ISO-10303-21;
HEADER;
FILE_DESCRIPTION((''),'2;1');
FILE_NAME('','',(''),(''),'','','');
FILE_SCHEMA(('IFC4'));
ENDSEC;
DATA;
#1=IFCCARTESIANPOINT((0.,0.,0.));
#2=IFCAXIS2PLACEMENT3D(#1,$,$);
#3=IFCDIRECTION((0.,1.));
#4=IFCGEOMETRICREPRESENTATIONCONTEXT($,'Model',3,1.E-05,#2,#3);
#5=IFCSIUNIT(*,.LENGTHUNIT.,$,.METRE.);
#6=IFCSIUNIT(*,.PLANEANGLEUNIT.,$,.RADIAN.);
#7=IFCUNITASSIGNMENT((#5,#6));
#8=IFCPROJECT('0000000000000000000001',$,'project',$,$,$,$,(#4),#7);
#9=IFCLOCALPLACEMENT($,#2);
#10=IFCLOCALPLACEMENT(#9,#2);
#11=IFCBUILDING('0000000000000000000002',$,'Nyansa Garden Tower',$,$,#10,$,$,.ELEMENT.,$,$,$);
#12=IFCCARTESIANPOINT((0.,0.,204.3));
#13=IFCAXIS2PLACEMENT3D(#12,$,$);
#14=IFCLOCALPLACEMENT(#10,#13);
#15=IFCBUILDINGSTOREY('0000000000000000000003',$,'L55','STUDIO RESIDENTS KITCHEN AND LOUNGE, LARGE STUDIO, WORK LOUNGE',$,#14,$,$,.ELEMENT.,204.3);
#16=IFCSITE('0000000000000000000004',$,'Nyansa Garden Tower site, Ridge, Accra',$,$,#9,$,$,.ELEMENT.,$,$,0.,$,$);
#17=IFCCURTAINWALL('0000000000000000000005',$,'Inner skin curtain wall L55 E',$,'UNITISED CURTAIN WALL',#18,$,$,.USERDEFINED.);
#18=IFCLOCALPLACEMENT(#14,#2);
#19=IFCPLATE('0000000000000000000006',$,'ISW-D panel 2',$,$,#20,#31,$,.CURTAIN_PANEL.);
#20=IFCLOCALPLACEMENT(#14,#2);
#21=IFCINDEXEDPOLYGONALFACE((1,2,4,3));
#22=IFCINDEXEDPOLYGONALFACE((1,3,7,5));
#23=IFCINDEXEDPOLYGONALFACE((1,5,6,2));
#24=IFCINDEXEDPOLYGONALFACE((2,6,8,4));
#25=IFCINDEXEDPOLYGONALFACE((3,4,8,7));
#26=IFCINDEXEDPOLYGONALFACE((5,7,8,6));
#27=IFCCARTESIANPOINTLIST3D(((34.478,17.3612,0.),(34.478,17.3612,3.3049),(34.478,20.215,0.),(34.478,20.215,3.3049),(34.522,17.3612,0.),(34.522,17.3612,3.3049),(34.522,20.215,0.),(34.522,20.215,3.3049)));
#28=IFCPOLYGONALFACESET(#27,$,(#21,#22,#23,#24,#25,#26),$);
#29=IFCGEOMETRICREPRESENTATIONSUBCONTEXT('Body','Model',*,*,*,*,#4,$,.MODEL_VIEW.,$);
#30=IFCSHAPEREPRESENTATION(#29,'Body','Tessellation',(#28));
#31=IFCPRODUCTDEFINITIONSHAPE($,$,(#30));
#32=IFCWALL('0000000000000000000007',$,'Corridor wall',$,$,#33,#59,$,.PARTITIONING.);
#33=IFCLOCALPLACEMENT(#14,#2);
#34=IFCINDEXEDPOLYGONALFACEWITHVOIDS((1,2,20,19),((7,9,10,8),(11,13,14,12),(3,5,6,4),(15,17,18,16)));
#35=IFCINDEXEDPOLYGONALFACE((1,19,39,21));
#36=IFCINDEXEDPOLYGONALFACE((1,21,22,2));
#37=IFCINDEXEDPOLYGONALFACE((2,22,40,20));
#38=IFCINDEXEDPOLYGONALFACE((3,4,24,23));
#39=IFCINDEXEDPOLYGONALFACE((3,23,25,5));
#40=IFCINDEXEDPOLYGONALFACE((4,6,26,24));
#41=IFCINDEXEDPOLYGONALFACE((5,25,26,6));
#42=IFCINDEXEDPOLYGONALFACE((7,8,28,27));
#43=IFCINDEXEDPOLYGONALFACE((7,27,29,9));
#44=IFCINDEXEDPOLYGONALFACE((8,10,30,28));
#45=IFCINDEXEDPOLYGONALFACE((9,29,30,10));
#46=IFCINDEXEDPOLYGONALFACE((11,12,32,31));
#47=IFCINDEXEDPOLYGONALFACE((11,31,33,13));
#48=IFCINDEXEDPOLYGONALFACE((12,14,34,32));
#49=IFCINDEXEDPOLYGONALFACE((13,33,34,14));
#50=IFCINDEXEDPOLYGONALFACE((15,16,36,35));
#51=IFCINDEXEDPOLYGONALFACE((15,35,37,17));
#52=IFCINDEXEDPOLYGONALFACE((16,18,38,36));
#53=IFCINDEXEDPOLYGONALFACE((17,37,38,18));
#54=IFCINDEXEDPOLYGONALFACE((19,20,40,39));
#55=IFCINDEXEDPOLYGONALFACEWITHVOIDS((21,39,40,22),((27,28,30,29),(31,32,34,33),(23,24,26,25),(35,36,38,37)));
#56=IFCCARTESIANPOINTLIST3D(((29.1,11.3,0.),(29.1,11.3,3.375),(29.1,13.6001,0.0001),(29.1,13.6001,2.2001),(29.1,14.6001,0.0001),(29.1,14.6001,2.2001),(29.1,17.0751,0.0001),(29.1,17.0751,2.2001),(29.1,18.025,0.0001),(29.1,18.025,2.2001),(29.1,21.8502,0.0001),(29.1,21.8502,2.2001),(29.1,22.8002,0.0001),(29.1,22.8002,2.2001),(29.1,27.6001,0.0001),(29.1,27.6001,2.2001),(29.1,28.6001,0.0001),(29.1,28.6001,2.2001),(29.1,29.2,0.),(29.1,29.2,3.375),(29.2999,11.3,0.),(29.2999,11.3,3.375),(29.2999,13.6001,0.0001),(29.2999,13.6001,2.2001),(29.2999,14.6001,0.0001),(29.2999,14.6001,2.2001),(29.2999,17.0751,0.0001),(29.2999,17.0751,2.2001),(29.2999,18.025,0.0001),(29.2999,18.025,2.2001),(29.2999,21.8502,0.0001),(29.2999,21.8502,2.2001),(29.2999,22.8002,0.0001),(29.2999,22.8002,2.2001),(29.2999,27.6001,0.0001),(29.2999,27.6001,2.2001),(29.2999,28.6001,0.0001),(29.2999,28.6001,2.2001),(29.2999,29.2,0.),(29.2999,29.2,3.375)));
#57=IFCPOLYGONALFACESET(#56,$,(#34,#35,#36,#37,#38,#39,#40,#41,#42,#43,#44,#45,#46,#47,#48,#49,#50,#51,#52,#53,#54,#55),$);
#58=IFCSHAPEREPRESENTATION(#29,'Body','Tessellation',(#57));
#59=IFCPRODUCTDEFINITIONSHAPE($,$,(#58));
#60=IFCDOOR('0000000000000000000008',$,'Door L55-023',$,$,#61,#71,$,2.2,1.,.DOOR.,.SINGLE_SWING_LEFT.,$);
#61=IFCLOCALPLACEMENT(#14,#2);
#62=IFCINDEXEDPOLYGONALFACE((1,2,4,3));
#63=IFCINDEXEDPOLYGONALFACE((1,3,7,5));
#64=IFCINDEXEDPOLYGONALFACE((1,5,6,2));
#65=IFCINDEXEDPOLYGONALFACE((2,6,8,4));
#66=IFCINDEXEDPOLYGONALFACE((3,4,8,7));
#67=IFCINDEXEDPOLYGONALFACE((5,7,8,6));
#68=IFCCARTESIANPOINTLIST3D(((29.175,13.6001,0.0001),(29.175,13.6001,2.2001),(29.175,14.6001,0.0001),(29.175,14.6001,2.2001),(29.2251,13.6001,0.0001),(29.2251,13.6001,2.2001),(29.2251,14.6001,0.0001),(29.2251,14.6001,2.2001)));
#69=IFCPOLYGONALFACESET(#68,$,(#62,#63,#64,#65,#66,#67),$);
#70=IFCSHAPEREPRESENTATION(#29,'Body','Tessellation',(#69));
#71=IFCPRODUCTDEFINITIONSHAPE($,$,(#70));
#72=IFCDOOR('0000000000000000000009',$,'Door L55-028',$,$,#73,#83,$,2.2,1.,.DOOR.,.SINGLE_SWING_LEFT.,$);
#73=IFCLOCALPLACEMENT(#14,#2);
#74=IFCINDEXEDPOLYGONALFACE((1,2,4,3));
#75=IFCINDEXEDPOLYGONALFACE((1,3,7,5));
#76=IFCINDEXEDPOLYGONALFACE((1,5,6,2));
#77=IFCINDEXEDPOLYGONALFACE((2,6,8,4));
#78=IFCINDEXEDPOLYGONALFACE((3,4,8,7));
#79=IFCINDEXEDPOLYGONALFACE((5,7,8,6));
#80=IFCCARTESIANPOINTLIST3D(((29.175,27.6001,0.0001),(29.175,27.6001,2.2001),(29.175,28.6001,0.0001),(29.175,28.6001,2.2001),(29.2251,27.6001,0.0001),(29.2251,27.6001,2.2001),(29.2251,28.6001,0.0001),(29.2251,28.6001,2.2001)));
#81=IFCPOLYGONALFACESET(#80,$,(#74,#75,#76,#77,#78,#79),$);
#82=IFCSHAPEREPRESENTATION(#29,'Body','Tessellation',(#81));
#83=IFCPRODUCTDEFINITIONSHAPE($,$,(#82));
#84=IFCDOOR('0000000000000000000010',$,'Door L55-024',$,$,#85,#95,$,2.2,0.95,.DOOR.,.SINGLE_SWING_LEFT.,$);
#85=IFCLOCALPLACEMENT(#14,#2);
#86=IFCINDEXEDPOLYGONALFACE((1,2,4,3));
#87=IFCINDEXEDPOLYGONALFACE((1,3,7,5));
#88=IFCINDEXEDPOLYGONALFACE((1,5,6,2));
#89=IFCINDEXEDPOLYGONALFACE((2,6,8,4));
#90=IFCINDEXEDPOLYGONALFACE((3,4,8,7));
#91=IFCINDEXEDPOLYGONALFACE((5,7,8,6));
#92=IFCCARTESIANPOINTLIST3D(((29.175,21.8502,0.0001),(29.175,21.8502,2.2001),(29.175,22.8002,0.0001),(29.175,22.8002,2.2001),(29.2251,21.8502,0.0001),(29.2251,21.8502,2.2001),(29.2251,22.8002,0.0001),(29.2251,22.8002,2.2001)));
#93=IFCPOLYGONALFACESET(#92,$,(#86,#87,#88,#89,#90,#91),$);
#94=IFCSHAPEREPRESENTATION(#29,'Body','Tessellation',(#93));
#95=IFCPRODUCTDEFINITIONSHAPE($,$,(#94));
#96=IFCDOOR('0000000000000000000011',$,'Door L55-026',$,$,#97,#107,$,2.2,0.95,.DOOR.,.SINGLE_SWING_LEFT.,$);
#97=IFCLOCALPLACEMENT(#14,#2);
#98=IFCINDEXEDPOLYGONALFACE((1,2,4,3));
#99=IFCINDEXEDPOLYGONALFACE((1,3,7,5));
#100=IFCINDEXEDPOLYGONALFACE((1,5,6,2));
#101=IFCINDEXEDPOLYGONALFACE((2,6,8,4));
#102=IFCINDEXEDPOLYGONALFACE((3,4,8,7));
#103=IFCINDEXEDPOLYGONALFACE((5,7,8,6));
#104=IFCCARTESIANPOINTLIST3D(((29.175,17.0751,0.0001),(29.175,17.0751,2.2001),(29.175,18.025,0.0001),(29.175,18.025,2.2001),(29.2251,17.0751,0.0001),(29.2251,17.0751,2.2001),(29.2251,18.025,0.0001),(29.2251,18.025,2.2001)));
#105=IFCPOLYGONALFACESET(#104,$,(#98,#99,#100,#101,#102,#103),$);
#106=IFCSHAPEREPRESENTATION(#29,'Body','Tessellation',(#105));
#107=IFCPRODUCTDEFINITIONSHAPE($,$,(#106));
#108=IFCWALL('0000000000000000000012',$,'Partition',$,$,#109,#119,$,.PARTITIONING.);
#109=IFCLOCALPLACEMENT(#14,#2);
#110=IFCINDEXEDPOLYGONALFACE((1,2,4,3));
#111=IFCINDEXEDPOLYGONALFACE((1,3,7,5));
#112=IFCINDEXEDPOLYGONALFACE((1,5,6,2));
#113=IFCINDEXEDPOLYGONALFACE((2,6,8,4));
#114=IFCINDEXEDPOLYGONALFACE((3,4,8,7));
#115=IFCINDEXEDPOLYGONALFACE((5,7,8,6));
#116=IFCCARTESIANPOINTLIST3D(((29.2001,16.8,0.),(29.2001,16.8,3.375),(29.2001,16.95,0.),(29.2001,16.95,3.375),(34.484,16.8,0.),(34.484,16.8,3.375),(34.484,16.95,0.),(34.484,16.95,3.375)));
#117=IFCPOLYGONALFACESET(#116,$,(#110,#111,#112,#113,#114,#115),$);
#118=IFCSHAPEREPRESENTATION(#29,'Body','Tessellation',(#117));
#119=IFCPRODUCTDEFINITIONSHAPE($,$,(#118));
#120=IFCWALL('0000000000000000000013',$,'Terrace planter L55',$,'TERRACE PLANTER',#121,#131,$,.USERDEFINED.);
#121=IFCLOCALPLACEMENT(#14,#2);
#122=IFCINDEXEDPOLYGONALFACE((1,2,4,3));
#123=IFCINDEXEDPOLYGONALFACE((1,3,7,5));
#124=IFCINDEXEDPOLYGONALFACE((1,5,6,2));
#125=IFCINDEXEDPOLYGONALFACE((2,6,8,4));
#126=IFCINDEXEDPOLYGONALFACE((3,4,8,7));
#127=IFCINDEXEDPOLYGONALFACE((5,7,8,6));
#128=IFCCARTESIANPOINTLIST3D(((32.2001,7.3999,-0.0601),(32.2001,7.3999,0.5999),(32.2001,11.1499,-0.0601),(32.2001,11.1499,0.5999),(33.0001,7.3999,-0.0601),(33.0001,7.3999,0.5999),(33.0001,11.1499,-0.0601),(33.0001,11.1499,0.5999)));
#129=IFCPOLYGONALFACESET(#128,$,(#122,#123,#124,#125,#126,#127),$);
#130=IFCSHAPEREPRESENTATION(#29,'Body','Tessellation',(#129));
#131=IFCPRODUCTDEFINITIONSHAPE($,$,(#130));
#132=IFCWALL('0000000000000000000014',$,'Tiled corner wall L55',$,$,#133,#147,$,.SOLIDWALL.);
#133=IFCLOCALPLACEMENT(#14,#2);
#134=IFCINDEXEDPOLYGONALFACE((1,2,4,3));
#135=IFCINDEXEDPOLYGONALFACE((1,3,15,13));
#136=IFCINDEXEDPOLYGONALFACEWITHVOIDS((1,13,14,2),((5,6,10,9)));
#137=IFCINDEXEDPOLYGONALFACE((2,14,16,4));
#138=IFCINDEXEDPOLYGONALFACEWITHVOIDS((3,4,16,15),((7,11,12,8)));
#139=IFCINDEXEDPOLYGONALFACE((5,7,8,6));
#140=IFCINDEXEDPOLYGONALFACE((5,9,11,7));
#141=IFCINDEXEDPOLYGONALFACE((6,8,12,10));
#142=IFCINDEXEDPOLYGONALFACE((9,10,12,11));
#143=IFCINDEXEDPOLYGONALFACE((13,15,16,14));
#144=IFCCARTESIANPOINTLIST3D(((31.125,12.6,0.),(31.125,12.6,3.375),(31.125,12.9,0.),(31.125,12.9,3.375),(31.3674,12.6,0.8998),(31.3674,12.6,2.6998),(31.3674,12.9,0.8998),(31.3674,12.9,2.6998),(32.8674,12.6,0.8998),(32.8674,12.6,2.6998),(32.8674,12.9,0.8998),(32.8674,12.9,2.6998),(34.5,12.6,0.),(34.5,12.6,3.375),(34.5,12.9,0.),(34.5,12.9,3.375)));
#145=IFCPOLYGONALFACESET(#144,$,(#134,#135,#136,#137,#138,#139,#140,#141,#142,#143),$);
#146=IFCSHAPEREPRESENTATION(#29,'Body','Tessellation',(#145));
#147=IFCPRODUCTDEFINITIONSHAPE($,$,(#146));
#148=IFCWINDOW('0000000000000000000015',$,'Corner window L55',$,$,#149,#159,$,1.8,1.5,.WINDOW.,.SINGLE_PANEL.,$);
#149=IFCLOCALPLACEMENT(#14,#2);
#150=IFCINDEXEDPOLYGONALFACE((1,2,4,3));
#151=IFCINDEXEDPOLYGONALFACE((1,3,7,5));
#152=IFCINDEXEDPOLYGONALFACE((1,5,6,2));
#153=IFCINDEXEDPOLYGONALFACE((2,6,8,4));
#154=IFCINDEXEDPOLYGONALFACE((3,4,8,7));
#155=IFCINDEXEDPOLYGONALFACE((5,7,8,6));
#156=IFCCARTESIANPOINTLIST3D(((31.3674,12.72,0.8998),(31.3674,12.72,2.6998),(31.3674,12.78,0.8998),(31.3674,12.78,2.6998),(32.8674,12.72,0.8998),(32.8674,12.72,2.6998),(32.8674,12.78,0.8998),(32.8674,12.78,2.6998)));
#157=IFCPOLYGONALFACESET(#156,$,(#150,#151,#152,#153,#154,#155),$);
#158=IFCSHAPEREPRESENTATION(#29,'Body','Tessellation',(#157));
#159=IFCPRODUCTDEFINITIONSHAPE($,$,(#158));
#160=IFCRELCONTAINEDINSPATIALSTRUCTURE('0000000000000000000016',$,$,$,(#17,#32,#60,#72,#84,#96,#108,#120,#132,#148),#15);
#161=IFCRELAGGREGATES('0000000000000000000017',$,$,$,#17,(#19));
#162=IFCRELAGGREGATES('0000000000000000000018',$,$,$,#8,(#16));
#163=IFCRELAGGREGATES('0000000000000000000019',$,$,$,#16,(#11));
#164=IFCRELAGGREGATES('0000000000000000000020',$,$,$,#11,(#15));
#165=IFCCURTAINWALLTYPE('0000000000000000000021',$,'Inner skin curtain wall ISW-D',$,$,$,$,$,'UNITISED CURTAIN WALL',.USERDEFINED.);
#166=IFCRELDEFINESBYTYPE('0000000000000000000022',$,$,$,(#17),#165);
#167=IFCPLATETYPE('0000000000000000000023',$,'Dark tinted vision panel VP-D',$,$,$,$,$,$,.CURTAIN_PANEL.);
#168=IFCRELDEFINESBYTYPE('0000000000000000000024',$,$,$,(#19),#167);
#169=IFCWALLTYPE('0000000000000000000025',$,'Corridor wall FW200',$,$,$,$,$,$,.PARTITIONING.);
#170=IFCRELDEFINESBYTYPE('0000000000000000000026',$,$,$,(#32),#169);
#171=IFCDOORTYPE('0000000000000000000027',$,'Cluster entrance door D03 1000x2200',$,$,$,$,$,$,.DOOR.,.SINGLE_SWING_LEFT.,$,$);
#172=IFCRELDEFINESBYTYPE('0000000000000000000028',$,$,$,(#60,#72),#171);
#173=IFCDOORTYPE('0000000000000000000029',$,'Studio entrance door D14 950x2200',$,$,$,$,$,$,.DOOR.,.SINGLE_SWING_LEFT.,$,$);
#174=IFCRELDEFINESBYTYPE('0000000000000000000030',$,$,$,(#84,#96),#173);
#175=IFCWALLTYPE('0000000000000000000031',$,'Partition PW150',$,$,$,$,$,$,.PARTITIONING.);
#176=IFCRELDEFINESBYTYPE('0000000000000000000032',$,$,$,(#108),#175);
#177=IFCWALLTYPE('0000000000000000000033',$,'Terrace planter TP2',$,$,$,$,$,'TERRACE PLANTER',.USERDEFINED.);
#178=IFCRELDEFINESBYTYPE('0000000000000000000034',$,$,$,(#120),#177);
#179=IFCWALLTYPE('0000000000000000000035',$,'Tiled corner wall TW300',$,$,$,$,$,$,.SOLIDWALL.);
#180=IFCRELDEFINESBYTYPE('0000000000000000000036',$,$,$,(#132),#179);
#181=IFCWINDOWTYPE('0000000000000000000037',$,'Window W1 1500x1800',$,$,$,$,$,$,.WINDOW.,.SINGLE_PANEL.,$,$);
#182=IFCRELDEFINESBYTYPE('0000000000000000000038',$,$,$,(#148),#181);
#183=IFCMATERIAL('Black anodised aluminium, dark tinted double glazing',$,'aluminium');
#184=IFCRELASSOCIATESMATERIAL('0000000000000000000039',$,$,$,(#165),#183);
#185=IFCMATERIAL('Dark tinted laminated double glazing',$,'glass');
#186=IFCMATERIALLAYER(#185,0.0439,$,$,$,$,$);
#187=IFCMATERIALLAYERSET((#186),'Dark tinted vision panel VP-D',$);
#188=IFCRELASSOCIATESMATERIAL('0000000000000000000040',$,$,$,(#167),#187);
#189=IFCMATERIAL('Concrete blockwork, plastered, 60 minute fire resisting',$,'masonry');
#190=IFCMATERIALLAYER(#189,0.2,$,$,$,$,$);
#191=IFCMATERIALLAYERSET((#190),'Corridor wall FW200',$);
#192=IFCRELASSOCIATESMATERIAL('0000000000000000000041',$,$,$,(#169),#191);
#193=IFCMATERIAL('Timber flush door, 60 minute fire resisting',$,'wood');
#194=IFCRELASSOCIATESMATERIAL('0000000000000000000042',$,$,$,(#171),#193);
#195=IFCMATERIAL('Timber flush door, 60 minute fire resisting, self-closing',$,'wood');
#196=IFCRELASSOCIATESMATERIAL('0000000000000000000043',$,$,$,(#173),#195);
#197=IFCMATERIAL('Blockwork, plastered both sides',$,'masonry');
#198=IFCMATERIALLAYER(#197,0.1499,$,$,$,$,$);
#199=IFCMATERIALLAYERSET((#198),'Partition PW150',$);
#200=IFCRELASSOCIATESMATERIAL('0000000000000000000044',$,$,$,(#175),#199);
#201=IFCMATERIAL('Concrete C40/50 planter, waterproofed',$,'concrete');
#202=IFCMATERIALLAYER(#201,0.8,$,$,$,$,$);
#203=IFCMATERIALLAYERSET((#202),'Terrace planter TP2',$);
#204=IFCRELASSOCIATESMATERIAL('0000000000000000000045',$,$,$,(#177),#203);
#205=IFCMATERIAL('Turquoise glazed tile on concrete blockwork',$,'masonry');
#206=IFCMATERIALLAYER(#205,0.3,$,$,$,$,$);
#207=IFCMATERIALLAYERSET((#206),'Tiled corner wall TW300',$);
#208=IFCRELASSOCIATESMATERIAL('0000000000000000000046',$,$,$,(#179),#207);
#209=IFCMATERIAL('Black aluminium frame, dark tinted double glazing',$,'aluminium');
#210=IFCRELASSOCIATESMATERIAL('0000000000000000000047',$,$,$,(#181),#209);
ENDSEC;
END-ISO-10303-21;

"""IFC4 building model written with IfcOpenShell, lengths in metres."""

from ifc_helpers import new_model, si_unit, direction, frame, frame_2d, origin, origin_2d, place, context, subcontext, project, spatial, rectangle, extrude, material, layer, layer_set, type_object, element, fill, aggregate, save


model = new_model("IFC4")

# Units and contexts
model_context = context("Model", 3, precision=1e-05, world=origin(), true_north=direction((0.0, 1.0)))
body_context = subcontext(model_context, "Body", "Model", "MODEL_VIEW")
ifc_project = project(units=[si_unit("LENGTHUNIT", "METRE"), si_unit("PLANEANGLEUNIT", "RADIAN")], contexts=[model_context])

# Site, building, storey
site_placement = place(None, origin())
site = spatial("IfcSite", under=ifc_project, at=site_placement, Name="Nyansa Garden Tower site, Ridge, Accra", CompositionType="ELEMENT", RefElevation=0.0)
building_placement = place(site_placement, origin())
building = spatial("IfcBuilding", under=site, at=building_placement, Name="Nyansa Garden Tower", CompositionType="ELEMENT")
storey_placement = place(building_placement, frame((0.0, 0.0, 204.3)))
storey = spatial("IfcBuildingStorey", under=building, at=storey_placement, Name="L55", Description="STUDIO RESIDENTS KITCHEN AND LOUNGE, LARGE STUDIO, WORK LOUNGE", CompositionType="ELEMENT", Elevation=204.3)

# Curtain wall
ifc_material_1 = material(Name="Black anodised aluminium, dark tinted double glazing", Category="aluminium")
curtain_wall_type = type_object("IfcCurtainWallType", Name="Inner skin curtain wall ISW-D", ElementType="UNITISED CURTAIN WALL", PredefinedType="USERDEFINED", material=ifc_material_1)
curtain_wall_placement = place(storey_placement, origin())
curtain_wall = element("IfcCurtainWall", 1, at=curtain_wall_placement, inside=storey, type_object=curtain_wall_type, Name="Inner skin curtain wall L55 E", ObjectType="UNITISED CURTAIN WALL", PredefinedType="USERDEFINED")

# Plate
ifc_material_2 = material(Name="Dark tinted laminated double glazing", Category="glass")
ifc_layer_1 = layer(ifc_material_2, 0.0439)
ifc_layer_set_1 = layer_set([ifc_layer_1], Name="Dark tinted vision panel VP-D")
plate_type = type_object("IfcPlateType", Name="Dark tinted vision panel VP-D", PredefinedType="CURTAIN_PANEL", material=ifc_layer_set_1)
plate_1_placement = place(storey_placement, frame((34.5, 18.7881, 0.0), z_axis=(0.0, 0.0, 1.0), x_axis=(0.0, 1.0, 0.0)))
plate_1 = element("IfcPlate", 2, at=plate_1_placement, type_object=plate_type, Name="ISW-D panel 2", PredefinedType="CURTAIN_PANEL", context=body_context, shape_type="SweptSolid", body=[
    extrude(rectangle(XDim=2.8538, YDim=0.0439, at=origin_2d()), origin(), (0.0, 0.0, 1.0), 3.3049),
])
aggregate(curtain_wall, [plate_1])

# Wall, openings, doors
ifc_material_3 = material(Name="Concrete blockwork, plastered, 60 minute fire resisting", Category="masonry")
ifc_layer_2 = layer(ifc_material_3, 0.2)
ifc_layer_set_2 = layer_set([ifc_layer_2], Name="Corridor wall FW200")
wall_type_1 = type_object("IfcWallType", Name="Corridor wall FW200", PredefinedType="PARTITIONING", material=ifc_layer_set_2)
wall_1_placement = place(storey_placement, frame((29.2, 11.3, 0.0), z_axis=(0.0, 0.0, 1.0), x_axis=(0.0, 1.0, 0.0)))
wall_1 = element("IfcWall", 3, at=wall_1_placement, inside=storey, type_object=wall_type_1, Name="Corridor wall", PredefinedType="PARTITIONING", context=body_context, shape_type="SweptSolid", body=[
    extrude(rectangle(XDim=17.8999, YDim=0.2, at=frame_2d((8.95, 0.0))), origin(), (0.0, 0.0, 1.0), 3.375),
])
opening_1_placement = place(wall_1_placement, frame((2.3, 0.0, 0.0)))
opening_1 = element("IfcOpeningElement", 4, at=opening_1_placement, cuts=wall_1, PredefinedType="OPENING", context=body_context, shape_type="SweptSolid", body=[
    extrude(rectangle(XDim=1.0, YDim=2.2, at=frame_2d((0.5, 1.1001))), frame((0.0, 0.1099, 0.0), z_axis=(0.0, -1.0, 0.0), x_axis=(1.0, 0.0, 0.0)), (0.0, 0.0, 1.0), 0.22),
])
opening_2_placement = place(wall_1_placement, frame((10.55, 0.0, 0.0)))
opening_2 = element("IfcOpeningElement", 5, at=opening_2_placement, cuts=wall_1, PredefinedType="OPENING", context=body_context, shape_type="SweptSolid", body=[
    extrude(rectangle(XDim=0.95, YDim=2.2, at=frame_2d((0.4751, 1.1001))), frame((0.0, 0.1099, 0.0), z_axis=(0.0, -1.0, 0.0), x_axis=(1.0, 0.0, 0.0)), (0.0, 0.0, 1.0), 0.22),
])
opening_3_placement = place(wall_1_placement, frame((5.7749, 0.0, 0.0)))
opening_3 = element("IfcOpeningElement", 6, at=opening_3_placement, cuts=wall_1, PredefinedType="OPENING", context=body_context, shape_type="SweptSolid", body=[
    extrude(rectangle(XDim=0.95, YDim=2.2, at=frame_2d((0.4751, 1.1001))), frame((0.0, 0.1099, 0.0), z_axis=(0.0, -1.0, 0.0), x_axis=(1.0, 0.0, 0.0)), (0.0, 0.0, 1.0), 0.22),
])
opening_4_placement = place(wall_1_placement, frame((16.3, 0.0, 0.0)))
opening_4 = element("IfcOpeningElement", 7, at=opening_4_placement, cuts=wall_1, PredefinedType="OPENING", context=body_context, shape_type="SweptSolid", body=[
    extrude(rectangle(XDim=1.0, YDim=2.2, at=frame_2d((0.5, 1.1001))), frame((0.0, 0.1099, 0.0), z_axis=(0.0, -1.0, 0.0), x_axis=(1.0, 0.0, 0.0)), (0.0, 0.0, 1.0), 0.22),
])
ifc_material_4 = material(Name="Timber flush door, 60 minute fire resisting", Category="wood")
door_type_1 = type_object("IfcDoorType", Name="Cluster entrance door D03 1000x2200", OperationType="SINGLE_SWING_LEFT", PredefinedType="DOOR", material=ifc_material_4)
door_1_placement = place(opening_1_placement, origin())
door_1 = element("IfcDoor", 8, at=door_1_placement, inside=storey, type_object=door_type_1, Name="Door L55-023", OperationType="SINGLE_SWING_LEFT", OverallHeight=2.2, OverallWidth=1.0, PredefinedType="DOOR", context=body_context, shape_type="SweptSolid", body=[
    extrude(rectangle(XDim=1.0, YDim=2.2, at=frame_2d((0.5, 1.1001))), frame((0.0, 0.0249, 0.0), z_axis=(0.0, -1.0, 0.0), x_axis=(1.0, 0.0, 0.0)), (0.0, 0.0, 1.0), 0.05),
])
fill(opening_1, door_1)
door_2_placement = place(opening_4_placement, origin())
door_2 = element("IfcDoor", 9, at=door_2_placement, inside=storey, type_object=door_type_1, Name="Door L55-028", OperationType="SINGLE_SWING_LEFT", OverallHeight=2.2, OverallWidth=1.0, PredefinedType="DOOR", context=body_context, shape_type="SweptSolid", body=[
    extrude(rectangle(XDim=1.0, YDim=2.2, at=frame_2d((0.5, 1.1001))), frame((0.0, 0.0249, 0.0), z_axis=(0.0, -1.0, 0.0), x_axis=(1.0, 0.0, 0.0)), (0.0, 0.0, 1.0), 0.05),
])
fill(opening_4, door_2)
ifc_material_5 = material(Name="Timber flush door, 60 minute fire resisting, self-closing", Category="wood")
door_type_2 = type_object("IfcDoorType", Name="Studio entrance door D14 950x2200", OperationType="SINGLE_SWING_LEFT", PredefinedType="DOOR", material=ifc_material_5)
door_3_placement = place(opening_2_placement, origin())
door_3 = element("IfcDoor", 10, at=door_3_placement, inside=storey, type_object=door_type_2, Name="Door L55-024", OperationType="SINGLE_SWING_LEFT", OverallHeight=2.2, OverallWidth=0.95, PredefinedType="DOOR", context=body_context, shape_type="SweptSolid", body=[
    extrude(rectangle(XDim=0.95, YDim=2.2, at=frame_2d((0.4751, 1.1001))), frame((0.0, 0.0249, 0.0), z_axis=(0.0, -1.0, 0.0), x_axis=(1.0, 0.0, 0.0)), (0.0, 0.0, 1.0), 0.05),
])
fill(opening_2, door_3)
door_4_placement = place(opening_3_placement, origin())
door_4 = element("IfcDoor", 11, at=door_4_placement, inside=storey, type_object=door_type_2, Name="Door L55-026", OperationType="SINGLE_SWING_LEFT", OverallHeight=2.2, OverallWidth=0.95, PredefinedType="DOOR", context=body_context, shape_type="SweptSolid", body=[
    extrude(rectangle(XDim=0.95, YDim=2.2, at=frame_2d((0.4751, 1.1001))), frame((0.0, 0.0249, 0.0), z_axis=(0.0, -1.0, 0.0), x_axis=(1.0, 0.0, 0.0)), (0.0, 0.0, 1.0), 0.05),
])
fill(opening_3, door_4)

# Walls
ifc_material_6 = material(Name="Blockwork, plastered both sides", Category="masonry")
ifc_layer_3 = layer(ifc_material_6, 0.1499)
ifc_layer_set_3 = layer_set([ifc_layer_3], Name="Partition PW150")
wall_type_2 = type_object("IfcWallType", Name="Partition PW150", PredefinedType="PARTITIONING", material=ifc_layer_set_3)
wall_2_placement = place(storey_placement, frame((29.2, 16.875, 0.0), z_axis=(0.0, 0.0, 1.0), x_axis=(1.0, 0.0, 0.0)))
element("IfcWall", 12, at=wall_2_placement, inside=storey, type_object=wall_type_2, Name="Partition", PredefinedType="PARTITIONING", context=body_context, shape_type="SweptSolid", body=[
    extrude(rectangle(XDim=5.2839, YDim=0.1499, at=frame_2d((2.6421, 0.0))), origin(), (0.0, 0.0, 1.0), 3.375),
])
ifc_material_7 = material(Name="Concrete C40/50 planter, waterproofed", Category="concrete")
ifc_layer_4 = layer(ifc_material_7, 0.8)
ifc_layer_set_4 = layer_set([ifc_layer_4], Name="Terrace planter TP2")
wall_type_3 = type_object("IfcWallType", Name="Terrace planter TP2", ElementType="TERRACE PLANTER", PredefinedType="USERDEFINED", material=ifc_layer_set_4)
wall_3_placement = place(storey_placement, frame((32.6001, 11.1499, -0.0601), z_axis=(0.0, 0.0, 1.0), x_axis=(0.0, -1.0, 0.0)))
element("IfcWall", 13, at=wall_3_placement, inside=storey, type_object=wall_type_3, Name="Terrace planter L55", ObjectType="TERRACE PLANTER", PredefinedType="USERDEFINED", context=body_context, shape_type="SweptSolid", body=[
    extrude(rectangle(XDim=3.75, YDim=0.8, at=frame_2d((1.875, 0.0))), origin(), (0.0, 0.0, 1.0), 0.6599),
])

# Wall, opening, window
ifc_material_8 = material(Name="Turquoise glazed tile on concrete blockwork", Category="masonry")
ifc_layer_5 = layer(ifc_material_8, 0.3)
ifc_layer_set_5 = layer_set([ifc_layer_5], Name="Tiled corner wall TW300")
wall_type_4 = type_object("IfcWallType", Name="Tiled corner wall TW300", PredefinedType="SOLIDWALL", material=ifc_layer_set_5)
wall_4_placement = place(storey_placement, frame((31.125, 12.75, 0.0), z_axis=(0.0, 0.0, 1.0), x_axis=(1.0, 0.0, 0.0)))
wall_4 = element("IfcWall", 14, at=wall_4_placement, inside=storey, type_object=wall_type_4, Name="Tiled corner wall L55", PredefinedType="SOLIDWALL", context=body_context, shape_type="SweptSolid", body=[
    extrude(rectangle(XDim=3.375, YDim=0.3, at=frame_2d((1.6875, 0.0))), origin(), (0.0, 0.0, 1.0), 3.375),
])
opening_5_placement = place(wall_4_placement, frame((0.2424, 0.0, 0.8999)))
opening_5 = element("IfcOpeningElement", 15, at=opening_5_placement, cuts=wall_4, PredefinedType="OPENING", context=body_context, shape_type="SweptSolid", body=[
    extrude(rectangle(XDim=1.5, YDim=1.8, at=frame_2d((0.75, 0.8999))), frame((0.0, 0.1599, 0.0), z_axis=(0.0, -1.0, 0.0), x_axis=(1.0, 0.0, 0.0)), (0.0, 0.0, 1.0), 0.3201),
])
ifc_material_9 = material(Name="Black aluminium frame, dark tinted double glazing", Category="aluminium")
window_type = type_object("IfcWindowType", Name="Window W1 1500x1800", PartitioningType="SINGLE_PANEL", PredefinedType="WINDOW", material=ifc_material_9)
window_placement = place(opening_5_placement, origin())
window = element("IfcWindow", 16, at=window_placement, inside=storey, type_object=window_type, Name="Corner window L55", OverallHeight=1.8, OverallWidth=1.5, PartitioningType="SINGLE_PANEL", PredefinedType="WINDOW", context=body_context, shape_type="SweptSolid", body=[
    extrude(rectangle(XDim=1.5, YDim=1.8, at=frame_2d((0.75, 0.8999))), frame((0.0, 0.03, 0.0), z_axis=(0.0, -1.0, 0.0), x_axis=(1.0, 0.0, 0.0)), (0.0, 0.0, 1.0), 0.0601),
])
fill(opening_5, window)

save(model, "model.ifc")
